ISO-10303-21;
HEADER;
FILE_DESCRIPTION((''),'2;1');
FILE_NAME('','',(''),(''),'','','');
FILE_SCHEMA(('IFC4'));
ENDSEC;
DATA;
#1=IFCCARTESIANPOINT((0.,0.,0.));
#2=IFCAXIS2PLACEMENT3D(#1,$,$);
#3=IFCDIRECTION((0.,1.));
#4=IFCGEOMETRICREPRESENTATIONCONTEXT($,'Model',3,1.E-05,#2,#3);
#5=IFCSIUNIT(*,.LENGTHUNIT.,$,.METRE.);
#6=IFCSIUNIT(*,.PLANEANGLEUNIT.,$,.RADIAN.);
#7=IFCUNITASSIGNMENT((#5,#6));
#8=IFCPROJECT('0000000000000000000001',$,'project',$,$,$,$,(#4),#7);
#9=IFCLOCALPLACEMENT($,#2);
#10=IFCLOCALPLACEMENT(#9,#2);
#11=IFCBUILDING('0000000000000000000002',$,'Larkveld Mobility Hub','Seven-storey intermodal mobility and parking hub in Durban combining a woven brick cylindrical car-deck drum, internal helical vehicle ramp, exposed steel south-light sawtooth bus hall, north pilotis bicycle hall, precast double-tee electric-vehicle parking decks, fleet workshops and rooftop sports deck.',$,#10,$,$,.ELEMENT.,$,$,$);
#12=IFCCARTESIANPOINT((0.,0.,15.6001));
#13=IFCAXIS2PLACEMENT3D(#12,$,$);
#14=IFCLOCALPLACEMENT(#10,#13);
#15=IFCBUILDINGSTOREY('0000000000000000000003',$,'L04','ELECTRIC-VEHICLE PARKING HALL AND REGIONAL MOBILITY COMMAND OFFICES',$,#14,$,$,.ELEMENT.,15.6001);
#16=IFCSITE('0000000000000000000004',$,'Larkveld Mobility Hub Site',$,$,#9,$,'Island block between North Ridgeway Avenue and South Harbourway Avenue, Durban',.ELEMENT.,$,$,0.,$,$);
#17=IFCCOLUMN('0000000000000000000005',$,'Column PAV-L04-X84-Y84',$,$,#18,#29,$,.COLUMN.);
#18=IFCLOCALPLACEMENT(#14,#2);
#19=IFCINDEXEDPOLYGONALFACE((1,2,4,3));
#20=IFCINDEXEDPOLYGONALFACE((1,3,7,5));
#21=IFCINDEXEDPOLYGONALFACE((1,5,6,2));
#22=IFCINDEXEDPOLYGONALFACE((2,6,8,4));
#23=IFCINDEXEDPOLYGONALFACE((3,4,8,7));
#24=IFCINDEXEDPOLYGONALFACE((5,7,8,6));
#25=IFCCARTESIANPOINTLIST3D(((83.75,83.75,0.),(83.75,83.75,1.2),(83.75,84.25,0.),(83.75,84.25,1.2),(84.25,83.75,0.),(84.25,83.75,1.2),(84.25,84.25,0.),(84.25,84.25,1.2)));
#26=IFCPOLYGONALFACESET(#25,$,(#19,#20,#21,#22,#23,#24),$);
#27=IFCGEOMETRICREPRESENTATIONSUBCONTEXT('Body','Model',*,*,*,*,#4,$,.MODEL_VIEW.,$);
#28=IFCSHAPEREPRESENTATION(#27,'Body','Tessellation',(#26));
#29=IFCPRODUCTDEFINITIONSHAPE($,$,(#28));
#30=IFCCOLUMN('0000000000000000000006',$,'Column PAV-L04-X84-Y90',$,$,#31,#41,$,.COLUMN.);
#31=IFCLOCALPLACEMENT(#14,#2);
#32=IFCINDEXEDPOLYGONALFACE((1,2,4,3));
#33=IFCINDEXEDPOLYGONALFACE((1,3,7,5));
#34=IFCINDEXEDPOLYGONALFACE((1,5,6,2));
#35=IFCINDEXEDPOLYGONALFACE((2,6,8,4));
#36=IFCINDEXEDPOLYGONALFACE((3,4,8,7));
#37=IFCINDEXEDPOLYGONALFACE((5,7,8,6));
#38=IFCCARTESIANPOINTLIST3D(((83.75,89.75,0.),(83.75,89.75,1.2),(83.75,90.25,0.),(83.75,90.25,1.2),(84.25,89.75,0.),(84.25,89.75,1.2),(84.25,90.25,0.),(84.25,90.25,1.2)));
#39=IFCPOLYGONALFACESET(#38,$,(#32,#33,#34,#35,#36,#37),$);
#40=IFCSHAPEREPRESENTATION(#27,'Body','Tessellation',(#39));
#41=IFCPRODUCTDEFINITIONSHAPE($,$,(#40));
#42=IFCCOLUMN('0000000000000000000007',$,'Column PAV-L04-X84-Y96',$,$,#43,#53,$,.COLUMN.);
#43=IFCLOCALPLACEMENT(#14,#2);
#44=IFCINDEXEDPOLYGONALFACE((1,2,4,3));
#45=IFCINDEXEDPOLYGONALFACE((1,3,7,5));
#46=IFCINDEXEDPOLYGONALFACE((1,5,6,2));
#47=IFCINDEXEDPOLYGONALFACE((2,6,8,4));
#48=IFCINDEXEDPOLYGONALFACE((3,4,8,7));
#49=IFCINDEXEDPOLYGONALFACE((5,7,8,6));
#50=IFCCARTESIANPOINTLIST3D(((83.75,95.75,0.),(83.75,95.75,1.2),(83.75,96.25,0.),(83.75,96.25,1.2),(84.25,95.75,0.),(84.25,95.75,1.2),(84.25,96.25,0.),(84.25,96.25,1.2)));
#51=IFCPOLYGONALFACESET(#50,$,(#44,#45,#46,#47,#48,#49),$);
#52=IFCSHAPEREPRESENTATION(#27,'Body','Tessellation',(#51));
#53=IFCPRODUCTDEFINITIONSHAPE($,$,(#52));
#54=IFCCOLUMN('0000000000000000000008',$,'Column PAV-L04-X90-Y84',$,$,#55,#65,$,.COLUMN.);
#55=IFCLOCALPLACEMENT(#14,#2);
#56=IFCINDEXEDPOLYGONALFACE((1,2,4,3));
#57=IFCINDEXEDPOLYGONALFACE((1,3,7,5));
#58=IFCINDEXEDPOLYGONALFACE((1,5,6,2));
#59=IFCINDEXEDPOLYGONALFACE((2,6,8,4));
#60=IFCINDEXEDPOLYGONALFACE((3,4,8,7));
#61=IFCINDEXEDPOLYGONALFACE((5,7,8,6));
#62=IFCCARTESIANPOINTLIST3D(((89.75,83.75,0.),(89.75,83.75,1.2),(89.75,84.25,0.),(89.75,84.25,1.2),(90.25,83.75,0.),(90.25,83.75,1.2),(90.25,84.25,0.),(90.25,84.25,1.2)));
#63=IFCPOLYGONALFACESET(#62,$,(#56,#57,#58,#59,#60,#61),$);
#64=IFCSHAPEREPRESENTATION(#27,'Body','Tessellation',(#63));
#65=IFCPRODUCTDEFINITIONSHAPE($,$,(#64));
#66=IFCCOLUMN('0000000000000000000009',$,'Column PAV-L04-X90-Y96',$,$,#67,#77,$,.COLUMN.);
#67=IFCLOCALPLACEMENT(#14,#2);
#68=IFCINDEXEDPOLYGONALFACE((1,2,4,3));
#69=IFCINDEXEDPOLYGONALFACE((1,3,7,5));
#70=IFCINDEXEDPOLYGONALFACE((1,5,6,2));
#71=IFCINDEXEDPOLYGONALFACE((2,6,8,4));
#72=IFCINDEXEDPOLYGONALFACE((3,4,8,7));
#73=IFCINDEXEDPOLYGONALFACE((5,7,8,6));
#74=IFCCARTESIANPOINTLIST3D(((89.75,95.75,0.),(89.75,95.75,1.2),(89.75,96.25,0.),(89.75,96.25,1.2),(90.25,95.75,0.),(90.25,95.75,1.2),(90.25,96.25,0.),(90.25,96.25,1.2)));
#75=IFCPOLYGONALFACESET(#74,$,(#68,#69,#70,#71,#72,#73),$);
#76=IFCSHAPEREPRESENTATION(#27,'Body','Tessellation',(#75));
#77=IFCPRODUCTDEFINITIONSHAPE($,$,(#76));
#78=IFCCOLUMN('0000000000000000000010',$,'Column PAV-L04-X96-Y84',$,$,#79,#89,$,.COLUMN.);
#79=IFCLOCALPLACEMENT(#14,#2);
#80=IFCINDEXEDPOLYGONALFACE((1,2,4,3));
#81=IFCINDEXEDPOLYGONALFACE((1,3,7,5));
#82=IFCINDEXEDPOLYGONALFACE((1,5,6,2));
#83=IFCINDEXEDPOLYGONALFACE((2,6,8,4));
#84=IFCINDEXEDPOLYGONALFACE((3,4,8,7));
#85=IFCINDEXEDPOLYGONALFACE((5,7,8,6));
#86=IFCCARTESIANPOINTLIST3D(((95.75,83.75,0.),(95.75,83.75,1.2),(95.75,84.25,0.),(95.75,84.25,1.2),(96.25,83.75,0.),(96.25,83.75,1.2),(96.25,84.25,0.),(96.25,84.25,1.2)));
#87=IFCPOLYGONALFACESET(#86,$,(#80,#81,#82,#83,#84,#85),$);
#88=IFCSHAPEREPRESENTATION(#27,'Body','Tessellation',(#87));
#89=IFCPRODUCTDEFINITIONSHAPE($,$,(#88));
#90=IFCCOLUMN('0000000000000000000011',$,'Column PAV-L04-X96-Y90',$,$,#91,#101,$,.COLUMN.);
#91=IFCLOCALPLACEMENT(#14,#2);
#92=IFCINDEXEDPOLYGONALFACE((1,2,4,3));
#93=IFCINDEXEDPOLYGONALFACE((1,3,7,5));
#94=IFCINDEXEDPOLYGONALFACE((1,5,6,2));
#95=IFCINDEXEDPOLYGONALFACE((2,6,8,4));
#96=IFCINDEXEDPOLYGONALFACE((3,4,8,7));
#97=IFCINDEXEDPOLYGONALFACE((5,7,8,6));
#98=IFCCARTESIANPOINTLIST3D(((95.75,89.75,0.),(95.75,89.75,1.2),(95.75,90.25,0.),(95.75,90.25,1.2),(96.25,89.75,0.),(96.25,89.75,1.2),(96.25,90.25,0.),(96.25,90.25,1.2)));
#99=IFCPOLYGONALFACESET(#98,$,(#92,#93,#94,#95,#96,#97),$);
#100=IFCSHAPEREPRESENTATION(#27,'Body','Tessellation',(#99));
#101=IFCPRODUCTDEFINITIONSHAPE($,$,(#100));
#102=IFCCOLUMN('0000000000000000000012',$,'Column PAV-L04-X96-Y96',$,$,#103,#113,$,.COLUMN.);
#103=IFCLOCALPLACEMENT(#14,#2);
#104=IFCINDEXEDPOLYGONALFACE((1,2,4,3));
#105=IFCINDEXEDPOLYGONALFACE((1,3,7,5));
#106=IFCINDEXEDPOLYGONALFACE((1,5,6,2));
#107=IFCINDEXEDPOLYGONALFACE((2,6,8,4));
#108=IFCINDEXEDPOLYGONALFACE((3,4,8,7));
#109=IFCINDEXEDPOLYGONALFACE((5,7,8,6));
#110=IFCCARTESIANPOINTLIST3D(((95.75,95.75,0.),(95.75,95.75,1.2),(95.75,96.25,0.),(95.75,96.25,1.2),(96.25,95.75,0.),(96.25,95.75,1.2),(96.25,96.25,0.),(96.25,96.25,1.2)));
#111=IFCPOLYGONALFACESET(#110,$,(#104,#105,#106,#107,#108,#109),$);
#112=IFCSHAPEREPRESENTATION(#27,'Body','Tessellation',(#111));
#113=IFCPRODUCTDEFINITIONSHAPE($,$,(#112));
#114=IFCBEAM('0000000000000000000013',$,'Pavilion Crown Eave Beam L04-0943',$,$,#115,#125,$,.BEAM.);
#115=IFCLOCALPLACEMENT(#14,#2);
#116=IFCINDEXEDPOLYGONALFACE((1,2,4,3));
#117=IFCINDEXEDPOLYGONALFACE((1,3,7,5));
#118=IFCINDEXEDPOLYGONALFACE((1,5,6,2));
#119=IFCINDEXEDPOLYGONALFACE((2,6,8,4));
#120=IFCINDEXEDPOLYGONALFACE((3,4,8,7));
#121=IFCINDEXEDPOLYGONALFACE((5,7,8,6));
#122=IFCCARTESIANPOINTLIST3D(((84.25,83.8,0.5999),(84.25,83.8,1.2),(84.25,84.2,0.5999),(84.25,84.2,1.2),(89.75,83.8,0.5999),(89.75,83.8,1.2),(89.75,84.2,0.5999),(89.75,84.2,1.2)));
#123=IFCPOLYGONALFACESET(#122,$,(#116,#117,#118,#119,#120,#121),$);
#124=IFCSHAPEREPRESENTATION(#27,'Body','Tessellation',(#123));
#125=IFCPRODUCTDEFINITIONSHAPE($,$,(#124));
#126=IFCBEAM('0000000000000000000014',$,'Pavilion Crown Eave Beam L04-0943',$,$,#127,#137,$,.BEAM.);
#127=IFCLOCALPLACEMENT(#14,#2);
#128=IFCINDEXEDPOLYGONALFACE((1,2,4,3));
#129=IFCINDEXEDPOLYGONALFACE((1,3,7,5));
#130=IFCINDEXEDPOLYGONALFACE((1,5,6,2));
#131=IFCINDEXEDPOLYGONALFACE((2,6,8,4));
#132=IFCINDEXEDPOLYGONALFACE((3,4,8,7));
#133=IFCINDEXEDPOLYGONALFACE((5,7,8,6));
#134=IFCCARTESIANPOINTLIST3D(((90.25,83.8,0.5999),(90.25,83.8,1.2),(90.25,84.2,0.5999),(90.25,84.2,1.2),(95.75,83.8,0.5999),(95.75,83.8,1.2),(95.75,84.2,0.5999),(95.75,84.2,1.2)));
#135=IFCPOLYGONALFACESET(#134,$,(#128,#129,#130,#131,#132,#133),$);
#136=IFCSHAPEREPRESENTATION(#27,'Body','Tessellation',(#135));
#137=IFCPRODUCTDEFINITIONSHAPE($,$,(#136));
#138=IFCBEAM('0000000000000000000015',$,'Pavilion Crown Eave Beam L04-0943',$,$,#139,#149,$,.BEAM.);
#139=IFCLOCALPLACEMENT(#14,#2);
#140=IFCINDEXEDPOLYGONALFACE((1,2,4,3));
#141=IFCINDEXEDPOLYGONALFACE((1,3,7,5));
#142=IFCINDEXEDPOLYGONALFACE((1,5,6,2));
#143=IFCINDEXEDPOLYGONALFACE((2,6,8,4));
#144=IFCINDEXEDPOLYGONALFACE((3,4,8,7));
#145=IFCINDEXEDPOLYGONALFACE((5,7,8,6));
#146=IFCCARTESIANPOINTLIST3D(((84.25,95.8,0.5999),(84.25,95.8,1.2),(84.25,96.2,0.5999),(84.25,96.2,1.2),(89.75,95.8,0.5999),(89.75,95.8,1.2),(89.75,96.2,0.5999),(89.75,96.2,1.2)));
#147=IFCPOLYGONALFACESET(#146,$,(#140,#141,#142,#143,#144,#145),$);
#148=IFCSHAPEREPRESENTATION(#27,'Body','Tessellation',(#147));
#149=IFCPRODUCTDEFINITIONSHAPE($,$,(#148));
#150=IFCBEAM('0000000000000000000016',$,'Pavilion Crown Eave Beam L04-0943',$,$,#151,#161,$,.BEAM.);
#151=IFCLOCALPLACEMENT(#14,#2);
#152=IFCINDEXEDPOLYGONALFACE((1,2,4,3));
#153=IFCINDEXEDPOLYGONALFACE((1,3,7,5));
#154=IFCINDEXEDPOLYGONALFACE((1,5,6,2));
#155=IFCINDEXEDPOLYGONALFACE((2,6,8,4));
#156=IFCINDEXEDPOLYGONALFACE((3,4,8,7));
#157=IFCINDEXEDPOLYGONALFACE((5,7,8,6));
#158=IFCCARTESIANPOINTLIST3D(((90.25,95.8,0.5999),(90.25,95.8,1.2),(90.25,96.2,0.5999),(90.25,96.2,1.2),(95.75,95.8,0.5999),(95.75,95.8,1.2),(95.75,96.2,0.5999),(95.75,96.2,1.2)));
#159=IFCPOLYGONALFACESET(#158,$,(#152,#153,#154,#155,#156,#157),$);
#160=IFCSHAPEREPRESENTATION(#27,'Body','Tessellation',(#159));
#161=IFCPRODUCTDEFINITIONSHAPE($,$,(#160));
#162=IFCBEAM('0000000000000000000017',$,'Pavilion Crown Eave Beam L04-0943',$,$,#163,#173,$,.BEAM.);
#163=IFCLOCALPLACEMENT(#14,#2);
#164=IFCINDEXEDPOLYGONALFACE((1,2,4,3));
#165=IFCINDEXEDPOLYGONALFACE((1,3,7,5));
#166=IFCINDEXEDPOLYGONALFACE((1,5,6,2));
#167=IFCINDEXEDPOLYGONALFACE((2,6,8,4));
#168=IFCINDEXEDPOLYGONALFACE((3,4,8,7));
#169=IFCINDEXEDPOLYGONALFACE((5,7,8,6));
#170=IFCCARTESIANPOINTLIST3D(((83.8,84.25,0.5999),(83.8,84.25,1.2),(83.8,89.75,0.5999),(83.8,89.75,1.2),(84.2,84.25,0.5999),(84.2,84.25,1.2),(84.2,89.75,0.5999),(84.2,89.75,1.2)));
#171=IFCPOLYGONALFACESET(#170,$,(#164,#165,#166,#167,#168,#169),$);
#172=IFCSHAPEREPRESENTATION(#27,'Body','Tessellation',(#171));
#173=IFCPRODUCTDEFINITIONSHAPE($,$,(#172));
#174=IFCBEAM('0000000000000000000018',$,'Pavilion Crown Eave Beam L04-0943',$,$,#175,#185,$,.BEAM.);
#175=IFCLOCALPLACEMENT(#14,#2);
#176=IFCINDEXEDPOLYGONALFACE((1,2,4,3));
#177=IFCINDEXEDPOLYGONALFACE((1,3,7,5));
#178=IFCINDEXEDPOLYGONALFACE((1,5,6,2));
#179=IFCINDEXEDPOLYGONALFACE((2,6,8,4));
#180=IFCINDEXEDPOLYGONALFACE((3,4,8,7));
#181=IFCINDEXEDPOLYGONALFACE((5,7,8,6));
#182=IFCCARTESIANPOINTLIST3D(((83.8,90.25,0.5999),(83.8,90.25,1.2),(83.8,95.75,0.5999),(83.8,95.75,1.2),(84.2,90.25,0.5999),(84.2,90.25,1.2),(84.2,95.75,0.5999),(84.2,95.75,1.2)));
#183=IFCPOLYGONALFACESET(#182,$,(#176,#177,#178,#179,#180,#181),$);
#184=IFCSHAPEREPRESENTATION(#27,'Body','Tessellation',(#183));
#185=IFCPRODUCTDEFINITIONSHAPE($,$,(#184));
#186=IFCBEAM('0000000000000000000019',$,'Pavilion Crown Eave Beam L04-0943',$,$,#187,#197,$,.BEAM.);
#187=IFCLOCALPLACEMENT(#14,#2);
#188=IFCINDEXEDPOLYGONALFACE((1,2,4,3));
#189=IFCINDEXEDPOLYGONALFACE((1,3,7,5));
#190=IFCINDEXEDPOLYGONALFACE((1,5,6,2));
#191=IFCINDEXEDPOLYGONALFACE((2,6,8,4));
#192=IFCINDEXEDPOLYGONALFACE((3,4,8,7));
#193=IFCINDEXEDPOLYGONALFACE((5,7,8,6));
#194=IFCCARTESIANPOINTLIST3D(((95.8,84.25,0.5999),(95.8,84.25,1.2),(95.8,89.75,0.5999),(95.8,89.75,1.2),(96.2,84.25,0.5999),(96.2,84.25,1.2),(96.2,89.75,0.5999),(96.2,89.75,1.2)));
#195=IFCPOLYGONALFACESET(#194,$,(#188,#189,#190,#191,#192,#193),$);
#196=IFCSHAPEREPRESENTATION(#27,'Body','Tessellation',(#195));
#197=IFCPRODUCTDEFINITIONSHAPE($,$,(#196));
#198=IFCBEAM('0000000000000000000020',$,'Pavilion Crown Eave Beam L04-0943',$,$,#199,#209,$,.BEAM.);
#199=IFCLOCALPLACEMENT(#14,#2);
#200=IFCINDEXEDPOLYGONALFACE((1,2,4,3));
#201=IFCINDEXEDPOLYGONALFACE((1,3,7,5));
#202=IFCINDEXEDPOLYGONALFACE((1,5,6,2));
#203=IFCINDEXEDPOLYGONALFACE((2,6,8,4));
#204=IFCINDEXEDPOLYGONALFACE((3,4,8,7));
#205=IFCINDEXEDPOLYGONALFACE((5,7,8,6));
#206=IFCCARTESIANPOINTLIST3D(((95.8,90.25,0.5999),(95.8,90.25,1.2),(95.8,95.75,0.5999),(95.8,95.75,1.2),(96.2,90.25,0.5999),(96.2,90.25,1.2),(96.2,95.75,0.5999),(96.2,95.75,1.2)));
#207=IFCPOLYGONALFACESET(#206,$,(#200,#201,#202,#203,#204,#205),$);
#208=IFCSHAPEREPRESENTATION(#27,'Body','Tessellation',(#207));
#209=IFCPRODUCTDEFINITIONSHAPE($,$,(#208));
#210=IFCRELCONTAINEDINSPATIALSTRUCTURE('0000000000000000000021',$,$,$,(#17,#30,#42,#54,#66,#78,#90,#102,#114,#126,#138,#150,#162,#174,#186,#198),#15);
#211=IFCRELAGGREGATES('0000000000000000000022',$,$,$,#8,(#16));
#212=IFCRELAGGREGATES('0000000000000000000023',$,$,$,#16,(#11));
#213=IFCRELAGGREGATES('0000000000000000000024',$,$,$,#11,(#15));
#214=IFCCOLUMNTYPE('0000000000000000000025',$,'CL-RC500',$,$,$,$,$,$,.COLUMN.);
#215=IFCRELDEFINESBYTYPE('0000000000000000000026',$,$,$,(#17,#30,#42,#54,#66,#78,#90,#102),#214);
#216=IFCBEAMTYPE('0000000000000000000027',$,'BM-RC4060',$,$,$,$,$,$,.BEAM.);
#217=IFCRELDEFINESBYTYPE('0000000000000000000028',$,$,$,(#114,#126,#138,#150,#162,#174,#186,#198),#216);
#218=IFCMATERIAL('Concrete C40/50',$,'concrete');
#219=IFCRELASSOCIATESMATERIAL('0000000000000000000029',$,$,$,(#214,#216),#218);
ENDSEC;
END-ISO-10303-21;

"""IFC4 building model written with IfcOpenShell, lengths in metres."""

from ifc_helpers import new_model, si_unit, direction, frame, origin, origin_2d, place, context, subcontext, project, spatial, rectangle, extrude, material, material_profile, profile_set, type_object, element, save


model = new_model("IFC4")

# Units and contexts
model_context = context("Model", 3, precision=1e-05, world=origin(), true_north=direction((0.0, 1.0)))
body_context = subcontext(model_context, "Body", "Model", "MODEL_VIEW")
ifc_project = project(units=[si_unit("LENGTHUNIT", "METRE"), si_unit("PLANEANGLEUNIT", "RADIAN")], contexts=[model_context])

# Site, building, storey
site_placement = place(None, origin())
site = spatial("IfcSite", under=ifc_project, at=site_placement, Name="Larkveld Mobility Hub Site", LongName="Island block between North Ridgeway Avenue and South Harbourway Avenue, Durban", CompositionType="ELEMENT", RefElevation=0.0)
building_placement = place(site_placement, origin())
building = spatial("IfcBuilding", under=site, at=building_placement, Name="Larkveld Mobility Hub", Description="Seven-storey intermodal mobility and parking hub in Durban combining a woven brick cylindrical car-deck drum, internal helical vehicle ramp, exposed steel south-light sawtooth bus hall, north pilotis bicycle hall, precast double-tee electric-vehicle parking decks, fleet workshops and rooftop sports deck.", CompositionType="ELEMENT")
storey_placement = place(building_placement, frame((0.0, 0.0, 15.6001)))
storey = spatial("IfcBuildingStorey", under=building, at=storey_placement, Name="L04", Description="ELECTRIC-VEHICLE PARKING HALL AND REGIONAL MOBILITY COMMAND OFFICES", CompositionType="ELEMENT", Elevation=15.6001)

# Columns
ifc_material_1 = material(Name="Concrete C40/50", Category="concrete")
ifc_material_profile_1 = material_profile(ifc_material_1, rectangle(XDim=0.5, YDim=0.5, at=origin_2d()), Name="RC COL 500x500")
ifc_profile_set_1 = profile_set([ifc_material_profile_1], Name="Concrete C40/50")
column_type = type_object("IfcColumnType", Name="CL-RC500", PredefinedType="COLUMN", material=ifc_profile_set_1)
for number, where, z_axis, x_axis, name in (
    (1, (84.0, 84.0, 0.0), (0.0, 0.0, 1.0), (1.0, 0.0, 0.0), "Column PAV-L04-X84-Y84"),
    (2, (84.0, 90.0, 0.0), (0.0, 0.0, 1.0), (1.0, 0.0, 0.0), "Column PAV-L04-X84-Y90"),
    (3, (84.0, 96.0, 0.0), (0.0, 0.0, 1.0), (1.0, 0.0, 0.0), "Column PAV-L04-X84-Y96"),
    (4, (90.0, 84.0, 0.0), (0.0, 0.0, 1.0), (1.0, 0.0, 0.0), "Column PAV-L04-X90-Y84"),
    (5, (90.0, 96.0, 0.0), (0.0, 0.0, 1.0), (1.0, 0.0, 0.0), "Column PAV-L04-X90-Y96"),
    (6, (96.0, 84.0, 0.0), (0.0, 0.0, 1.0), (1.0, 0.0, 0.0), "Column PAV-L04-X96-Y84"),
    (7, (96.0, 90.0, 0.0), (0.0, 0.0, 1.0), (1.0, 0.0, 0.0), "Column PAV-L04-X96-Y90"),
    (8, (96.0, 96.0, 0.0), (0.0, 0.0, 1.0), (1.0, 0.0, 0.0), "Column PAV-L04-X96-Y96"),
):
    element("IfcColumn", number, at=place(storey_placement, frame(where, z_axis=z_axis, x_axis=x_axis)), inside=storey, type_object=column_type, Name=name, PredefinedType="COLUMN", context=body_context, shape_type="SweptSolid", body=[
        extrude(rectangle(XDim=0.5, YDim=0.5, at=origin_2d()), origin(), (0.0, 0.0, 1.0), 1.2),
    ])

# Beams
ifc_material_profile_2 = material_profile(ifc_material_1, rectangle(XDim=0.3999, YDim=0.6001, at=origin_2d()), Name="RC BM 400x600")
ifc_profile_set_2 = profile_set([ifc_material_profile_2], Name="Concrete C40/50")
beam_type_1 = type_object("IfcBeamType", Name="BM-RC4060", PredefinedType="BEAM", material=ifc_profile_set_2)
for number, where, z_axis, x_axis, name in (
    (9, (84.25, 84.0, 0.8999), (1.0, 0.0, 0.0), (0.0, 1.0, 0.0), "Pavilion Crown Eave Beam L04-0943"),
    (10, (90.25, 84.0, 0.8999), (1.0, 0.0, 0.0), (0.0, 1.0, 0.0), "Pavilion Crown Eave Beam L04-0943"),
    (11, (84.25, 96.0, 0.8999), (1.0, 0.0, 0.0), (0.0, 1.0, 0.0), "Pavilion Crown Eave Beam L04-0943"),
    (12, (90.25, 96.0, 0.8999), (1.0, 0.0, 0.0), (0.0, 1.0, 0.0), "Pavilion Crown Eave Beam L04-0943"),
    (13, (84.0, 84.25, 0.8999), (0.0, 1.0, 0.0), (-1.0, 0.0, 0.0), "Pavilion Crown Eave Beam L04-0943"),
    (14, (84.0, 90.25, 0.8999), (0.0, 1.0, 0.0), (-1.0, 0.0, 0.0), "Pavilion Crown Eave Beam L04-0943"),
    (15, (96.0, 84.25, 0.8999), (0.0, 1.0, 0.0), (-1.0, 0.0, 0.0), "Pavilion Crown Eave Beam L04-0943"),
    (16, (96.0, 90.25, 0.8999), (0.0, 1.0, 0.0), (-1.0, 0.0, 0.0), "Pavilion Crown Eave Beam L04-0943"),
):
    element("IfcBeam", number, at=place(storey_placement, frame(where, z_axis=z_axis, x_axis=x_axis)), inside=storey, type_object=beam_type_1, Name=name, PredefinedType="BEAM", context=body_context, shape_type="SweptSolid", body=[
        extrude(rectangle(XDim=0.3999, YDim=0.6001, at=origin_2d()), origin(), (0.0, 0.0, 1.0), 5.5),
    ])

save(model, "model.ifc")
